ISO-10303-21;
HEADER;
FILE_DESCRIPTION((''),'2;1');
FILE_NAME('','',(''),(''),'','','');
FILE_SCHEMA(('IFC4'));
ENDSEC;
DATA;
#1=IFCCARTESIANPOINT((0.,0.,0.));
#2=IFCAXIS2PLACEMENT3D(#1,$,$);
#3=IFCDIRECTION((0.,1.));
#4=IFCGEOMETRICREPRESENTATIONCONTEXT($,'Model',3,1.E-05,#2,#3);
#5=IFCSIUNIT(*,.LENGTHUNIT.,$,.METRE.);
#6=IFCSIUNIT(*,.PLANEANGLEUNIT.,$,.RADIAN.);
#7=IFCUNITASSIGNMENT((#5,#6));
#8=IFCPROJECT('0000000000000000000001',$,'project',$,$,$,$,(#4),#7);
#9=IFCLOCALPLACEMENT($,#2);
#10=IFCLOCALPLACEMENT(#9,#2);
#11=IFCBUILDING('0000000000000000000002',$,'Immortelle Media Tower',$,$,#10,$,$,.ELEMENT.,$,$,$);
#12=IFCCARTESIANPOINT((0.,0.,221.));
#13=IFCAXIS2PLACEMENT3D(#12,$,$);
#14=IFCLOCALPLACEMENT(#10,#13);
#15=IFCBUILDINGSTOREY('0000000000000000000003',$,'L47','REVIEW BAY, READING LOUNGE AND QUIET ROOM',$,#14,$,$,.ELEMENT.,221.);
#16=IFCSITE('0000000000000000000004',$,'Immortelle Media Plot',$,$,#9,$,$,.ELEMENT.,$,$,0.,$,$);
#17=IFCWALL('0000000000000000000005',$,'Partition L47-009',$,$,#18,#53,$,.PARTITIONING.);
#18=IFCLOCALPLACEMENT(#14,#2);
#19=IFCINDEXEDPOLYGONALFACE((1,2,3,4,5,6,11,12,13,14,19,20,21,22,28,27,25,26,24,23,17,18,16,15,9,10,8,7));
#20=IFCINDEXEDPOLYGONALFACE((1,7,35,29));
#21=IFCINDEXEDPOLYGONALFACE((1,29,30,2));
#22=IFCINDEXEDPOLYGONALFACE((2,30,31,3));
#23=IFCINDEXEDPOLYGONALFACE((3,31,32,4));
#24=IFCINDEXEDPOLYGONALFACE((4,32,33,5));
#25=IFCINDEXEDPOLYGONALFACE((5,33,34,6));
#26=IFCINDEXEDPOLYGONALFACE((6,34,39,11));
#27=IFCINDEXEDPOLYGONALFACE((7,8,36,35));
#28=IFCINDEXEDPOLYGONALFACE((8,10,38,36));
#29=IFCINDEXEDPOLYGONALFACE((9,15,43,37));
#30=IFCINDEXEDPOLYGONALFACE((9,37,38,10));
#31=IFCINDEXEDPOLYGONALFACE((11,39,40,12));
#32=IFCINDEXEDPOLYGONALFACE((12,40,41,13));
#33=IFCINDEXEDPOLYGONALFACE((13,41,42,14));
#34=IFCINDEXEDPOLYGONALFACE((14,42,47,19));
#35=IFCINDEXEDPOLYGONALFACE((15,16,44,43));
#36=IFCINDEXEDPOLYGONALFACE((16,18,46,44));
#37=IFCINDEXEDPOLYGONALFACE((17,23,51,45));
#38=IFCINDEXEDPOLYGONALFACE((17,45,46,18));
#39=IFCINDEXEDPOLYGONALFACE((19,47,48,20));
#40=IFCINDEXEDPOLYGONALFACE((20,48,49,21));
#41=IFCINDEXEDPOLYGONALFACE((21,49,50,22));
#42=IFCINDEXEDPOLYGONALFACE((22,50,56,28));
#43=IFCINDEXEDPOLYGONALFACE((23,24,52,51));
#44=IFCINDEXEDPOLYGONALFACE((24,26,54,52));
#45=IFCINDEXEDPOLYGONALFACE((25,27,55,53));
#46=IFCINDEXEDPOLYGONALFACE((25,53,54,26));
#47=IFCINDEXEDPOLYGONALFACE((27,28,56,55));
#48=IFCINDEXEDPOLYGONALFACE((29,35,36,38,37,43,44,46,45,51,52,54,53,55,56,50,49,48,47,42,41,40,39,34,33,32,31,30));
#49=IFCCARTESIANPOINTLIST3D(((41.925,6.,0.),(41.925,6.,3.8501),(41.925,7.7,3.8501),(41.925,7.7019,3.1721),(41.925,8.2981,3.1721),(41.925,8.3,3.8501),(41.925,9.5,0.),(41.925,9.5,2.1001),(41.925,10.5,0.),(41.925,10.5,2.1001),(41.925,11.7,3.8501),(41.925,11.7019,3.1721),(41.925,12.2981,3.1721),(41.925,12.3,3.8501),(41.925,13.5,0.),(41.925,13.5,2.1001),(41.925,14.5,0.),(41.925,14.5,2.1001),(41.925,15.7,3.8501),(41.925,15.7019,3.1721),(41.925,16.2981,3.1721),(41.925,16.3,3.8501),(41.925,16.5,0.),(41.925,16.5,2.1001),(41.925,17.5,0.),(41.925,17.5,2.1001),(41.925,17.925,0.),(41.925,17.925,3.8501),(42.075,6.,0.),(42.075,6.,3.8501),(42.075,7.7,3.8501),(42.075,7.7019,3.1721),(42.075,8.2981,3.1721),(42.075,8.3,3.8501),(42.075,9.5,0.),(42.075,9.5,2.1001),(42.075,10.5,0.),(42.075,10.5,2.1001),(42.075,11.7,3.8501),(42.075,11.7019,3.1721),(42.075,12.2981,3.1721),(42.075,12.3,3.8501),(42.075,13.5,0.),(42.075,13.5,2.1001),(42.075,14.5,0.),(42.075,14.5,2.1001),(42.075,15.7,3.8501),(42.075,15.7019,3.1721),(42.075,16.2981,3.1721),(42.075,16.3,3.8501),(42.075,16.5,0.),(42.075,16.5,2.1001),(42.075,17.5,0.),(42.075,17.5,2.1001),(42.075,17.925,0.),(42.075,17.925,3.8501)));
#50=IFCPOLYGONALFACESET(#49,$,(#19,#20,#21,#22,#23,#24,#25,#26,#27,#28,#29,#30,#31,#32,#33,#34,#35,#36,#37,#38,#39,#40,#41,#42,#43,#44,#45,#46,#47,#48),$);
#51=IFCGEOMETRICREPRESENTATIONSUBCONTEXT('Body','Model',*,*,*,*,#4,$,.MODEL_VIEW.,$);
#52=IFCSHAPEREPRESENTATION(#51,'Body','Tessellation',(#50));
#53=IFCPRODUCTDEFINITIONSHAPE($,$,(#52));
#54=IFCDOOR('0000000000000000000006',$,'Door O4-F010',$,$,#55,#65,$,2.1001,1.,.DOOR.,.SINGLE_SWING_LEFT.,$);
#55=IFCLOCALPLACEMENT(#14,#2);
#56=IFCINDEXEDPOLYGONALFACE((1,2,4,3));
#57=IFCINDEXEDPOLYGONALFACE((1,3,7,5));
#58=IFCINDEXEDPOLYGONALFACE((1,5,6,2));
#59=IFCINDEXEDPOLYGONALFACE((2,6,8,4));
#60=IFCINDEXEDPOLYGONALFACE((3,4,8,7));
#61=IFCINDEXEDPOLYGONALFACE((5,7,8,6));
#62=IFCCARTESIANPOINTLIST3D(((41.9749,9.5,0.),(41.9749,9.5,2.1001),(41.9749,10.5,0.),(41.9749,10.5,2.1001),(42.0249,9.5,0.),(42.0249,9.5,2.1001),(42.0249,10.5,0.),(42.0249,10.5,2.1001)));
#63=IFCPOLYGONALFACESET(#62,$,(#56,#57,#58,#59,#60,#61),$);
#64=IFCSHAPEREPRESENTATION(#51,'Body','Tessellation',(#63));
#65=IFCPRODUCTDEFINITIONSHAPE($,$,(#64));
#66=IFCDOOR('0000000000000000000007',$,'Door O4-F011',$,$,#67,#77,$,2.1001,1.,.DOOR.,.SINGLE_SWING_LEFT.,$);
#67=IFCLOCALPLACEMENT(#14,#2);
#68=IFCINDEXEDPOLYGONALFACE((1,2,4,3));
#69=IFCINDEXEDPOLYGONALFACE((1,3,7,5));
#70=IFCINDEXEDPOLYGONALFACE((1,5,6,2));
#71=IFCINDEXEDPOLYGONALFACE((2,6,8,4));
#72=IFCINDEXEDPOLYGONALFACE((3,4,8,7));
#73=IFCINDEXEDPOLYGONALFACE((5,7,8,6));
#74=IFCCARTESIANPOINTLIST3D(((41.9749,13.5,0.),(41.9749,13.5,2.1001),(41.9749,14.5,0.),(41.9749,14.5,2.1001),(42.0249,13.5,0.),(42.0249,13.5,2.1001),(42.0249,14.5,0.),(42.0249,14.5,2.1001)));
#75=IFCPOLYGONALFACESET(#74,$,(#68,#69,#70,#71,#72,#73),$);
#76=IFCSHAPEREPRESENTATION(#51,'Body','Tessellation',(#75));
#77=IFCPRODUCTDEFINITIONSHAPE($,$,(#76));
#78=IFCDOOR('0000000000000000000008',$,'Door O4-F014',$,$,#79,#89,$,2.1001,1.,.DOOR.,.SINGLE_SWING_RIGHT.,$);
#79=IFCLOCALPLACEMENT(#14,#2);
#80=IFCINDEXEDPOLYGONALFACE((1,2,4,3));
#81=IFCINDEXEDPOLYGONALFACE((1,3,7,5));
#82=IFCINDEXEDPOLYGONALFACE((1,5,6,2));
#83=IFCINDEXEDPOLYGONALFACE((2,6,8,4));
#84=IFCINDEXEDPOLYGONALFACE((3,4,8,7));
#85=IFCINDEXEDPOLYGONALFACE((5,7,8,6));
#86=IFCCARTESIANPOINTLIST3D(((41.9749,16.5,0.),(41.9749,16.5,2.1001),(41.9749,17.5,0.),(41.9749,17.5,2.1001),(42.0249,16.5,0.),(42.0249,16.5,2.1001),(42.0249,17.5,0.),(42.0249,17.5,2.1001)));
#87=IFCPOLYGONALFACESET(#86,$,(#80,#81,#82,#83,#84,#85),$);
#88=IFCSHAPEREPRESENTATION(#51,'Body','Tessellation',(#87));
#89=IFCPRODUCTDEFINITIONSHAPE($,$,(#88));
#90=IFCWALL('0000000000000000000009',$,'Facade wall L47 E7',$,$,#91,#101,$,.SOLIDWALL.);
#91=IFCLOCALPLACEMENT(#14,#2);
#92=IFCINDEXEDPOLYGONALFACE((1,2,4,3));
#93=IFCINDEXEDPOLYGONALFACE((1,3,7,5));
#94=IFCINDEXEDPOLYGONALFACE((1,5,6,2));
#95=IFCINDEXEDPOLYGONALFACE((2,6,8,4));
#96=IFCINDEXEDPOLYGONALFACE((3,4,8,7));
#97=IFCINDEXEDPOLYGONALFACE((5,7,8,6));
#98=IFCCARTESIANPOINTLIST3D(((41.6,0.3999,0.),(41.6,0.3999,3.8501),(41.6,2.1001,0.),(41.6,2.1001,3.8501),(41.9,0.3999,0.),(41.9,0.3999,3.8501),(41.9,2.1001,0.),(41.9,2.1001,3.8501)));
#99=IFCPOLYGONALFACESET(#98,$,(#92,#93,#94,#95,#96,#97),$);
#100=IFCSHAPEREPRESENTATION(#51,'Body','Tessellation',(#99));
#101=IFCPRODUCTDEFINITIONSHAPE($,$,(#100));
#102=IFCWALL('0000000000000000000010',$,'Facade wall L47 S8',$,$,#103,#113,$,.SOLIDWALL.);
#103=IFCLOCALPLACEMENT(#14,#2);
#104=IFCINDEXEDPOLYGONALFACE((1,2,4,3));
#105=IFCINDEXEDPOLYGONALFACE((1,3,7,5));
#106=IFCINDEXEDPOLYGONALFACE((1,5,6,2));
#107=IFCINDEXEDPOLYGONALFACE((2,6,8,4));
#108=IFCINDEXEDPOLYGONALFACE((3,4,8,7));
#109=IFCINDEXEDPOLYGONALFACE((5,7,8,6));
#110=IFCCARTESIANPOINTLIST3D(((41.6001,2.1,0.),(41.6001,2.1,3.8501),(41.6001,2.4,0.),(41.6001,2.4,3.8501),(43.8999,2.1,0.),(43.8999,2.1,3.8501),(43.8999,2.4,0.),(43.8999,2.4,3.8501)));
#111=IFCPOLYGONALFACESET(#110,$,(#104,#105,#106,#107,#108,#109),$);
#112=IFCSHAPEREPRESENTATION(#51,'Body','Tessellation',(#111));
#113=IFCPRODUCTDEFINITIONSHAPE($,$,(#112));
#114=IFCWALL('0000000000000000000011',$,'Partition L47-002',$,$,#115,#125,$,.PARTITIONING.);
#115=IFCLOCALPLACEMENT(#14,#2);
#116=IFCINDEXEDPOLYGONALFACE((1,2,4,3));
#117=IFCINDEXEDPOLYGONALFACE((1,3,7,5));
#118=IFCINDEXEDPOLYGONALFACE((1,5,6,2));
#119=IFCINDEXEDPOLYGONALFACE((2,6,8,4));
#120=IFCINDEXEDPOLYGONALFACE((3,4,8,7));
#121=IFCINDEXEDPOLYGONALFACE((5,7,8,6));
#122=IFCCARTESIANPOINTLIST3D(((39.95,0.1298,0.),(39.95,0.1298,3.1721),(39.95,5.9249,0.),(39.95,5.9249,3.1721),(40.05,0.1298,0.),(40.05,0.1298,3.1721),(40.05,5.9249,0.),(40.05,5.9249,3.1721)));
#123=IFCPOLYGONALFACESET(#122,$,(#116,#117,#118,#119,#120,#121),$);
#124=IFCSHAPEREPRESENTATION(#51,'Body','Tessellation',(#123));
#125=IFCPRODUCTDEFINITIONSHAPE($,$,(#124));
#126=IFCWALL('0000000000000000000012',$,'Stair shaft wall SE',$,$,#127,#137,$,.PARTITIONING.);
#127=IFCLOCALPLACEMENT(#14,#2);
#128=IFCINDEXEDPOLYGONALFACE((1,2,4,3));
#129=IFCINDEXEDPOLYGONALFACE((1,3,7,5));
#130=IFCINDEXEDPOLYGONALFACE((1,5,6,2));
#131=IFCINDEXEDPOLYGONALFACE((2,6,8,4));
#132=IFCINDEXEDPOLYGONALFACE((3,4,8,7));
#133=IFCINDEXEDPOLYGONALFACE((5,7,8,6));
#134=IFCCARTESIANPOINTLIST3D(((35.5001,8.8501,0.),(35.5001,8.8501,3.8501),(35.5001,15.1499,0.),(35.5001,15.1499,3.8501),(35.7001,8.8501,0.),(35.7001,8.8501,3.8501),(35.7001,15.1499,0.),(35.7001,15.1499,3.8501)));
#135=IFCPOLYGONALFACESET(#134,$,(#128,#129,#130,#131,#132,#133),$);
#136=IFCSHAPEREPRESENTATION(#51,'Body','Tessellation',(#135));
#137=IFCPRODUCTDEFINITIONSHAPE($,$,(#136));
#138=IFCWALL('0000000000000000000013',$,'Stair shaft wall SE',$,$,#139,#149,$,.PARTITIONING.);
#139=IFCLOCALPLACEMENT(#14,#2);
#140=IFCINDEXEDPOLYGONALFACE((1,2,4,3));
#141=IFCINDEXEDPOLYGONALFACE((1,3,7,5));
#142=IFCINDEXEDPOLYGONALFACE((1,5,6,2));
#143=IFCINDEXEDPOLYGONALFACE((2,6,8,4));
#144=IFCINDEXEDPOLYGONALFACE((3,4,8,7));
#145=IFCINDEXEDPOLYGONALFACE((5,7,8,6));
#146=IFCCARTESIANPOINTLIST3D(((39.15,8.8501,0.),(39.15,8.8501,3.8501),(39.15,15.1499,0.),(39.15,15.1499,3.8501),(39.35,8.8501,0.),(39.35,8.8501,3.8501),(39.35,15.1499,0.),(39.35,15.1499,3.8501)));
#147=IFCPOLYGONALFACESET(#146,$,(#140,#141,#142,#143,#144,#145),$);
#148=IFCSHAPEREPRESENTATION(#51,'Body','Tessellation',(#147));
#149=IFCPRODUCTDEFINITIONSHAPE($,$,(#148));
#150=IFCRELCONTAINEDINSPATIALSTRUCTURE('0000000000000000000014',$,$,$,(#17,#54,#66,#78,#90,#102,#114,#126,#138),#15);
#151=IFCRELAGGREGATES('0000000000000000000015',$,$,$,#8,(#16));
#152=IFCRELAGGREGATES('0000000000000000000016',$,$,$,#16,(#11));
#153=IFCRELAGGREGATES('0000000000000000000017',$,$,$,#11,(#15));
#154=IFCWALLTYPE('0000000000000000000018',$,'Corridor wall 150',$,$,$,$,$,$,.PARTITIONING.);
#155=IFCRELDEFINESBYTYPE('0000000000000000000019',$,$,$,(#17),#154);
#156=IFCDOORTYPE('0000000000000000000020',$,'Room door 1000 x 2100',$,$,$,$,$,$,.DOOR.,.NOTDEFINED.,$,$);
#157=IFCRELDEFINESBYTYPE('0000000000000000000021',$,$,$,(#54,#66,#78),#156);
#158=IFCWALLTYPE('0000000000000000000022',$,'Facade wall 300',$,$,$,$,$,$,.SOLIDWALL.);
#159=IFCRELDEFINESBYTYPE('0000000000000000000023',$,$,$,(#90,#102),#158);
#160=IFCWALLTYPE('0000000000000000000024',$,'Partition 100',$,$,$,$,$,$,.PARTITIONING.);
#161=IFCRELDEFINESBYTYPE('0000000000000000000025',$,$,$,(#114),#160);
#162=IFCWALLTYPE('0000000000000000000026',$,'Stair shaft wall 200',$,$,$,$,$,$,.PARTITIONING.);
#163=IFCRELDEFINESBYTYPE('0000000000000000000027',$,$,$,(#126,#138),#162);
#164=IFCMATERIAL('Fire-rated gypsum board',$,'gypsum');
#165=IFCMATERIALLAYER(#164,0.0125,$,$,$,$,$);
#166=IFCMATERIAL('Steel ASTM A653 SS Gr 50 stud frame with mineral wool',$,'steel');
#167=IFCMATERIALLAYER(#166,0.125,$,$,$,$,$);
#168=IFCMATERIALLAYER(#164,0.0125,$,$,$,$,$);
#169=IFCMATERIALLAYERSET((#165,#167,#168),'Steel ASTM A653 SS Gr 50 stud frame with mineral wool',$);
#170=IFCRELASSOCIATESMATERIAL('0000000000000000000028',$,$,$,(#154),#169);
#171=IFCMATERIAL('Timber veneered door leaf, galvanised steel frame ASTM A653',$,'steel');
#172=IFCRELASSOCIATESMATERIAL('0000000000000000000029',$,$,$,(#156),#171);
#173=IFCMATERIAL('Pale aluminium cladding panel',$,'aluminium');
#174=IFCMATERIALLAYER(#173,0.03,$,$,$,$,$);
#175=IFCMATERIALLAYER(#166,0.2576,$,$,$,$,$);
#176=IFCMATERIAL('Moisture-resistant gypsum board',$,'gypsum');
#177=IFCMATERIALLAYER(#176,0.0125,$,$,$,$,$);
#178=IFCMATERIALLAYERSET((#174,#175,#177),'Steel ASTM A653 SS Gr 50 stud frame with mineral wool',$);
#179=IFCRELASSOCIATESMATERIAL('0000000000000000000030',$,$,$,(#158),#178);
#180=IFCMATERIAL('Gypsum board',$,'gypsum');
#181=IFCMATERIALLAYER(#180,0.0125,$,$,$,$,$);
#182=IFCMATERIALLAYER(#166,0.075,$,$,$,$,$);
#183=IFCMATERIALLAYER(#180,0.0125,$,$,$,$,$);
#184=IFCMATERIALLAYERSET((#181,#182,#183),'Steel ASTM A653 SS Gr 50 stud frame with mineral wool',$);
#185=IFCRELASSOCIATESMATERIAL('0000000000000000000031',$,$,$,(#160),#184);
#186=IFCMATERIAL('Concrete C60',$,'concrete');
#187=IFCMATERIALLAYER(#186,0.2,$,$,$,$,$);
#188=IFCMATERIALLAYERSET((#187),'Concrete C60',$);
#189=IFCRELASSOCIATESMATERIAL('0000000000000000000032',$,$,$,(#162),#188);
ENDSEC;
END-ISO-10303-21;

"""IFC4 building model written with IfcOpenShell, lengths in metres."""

from ifc_helpers import new_model, si_unit, direction, frame, frame_2d, origin, place, context, subcontext, project, spatial, polyline, rectangle, outline, extrude, material, layer, layer_set, type_object, element, fill, save


model = new_model("IFC4")

# Units and contexts
model_context = context("Model", 3, precision=1e-05, world=origin(), true_north=direction((0.0, 1.0)))
body_context = subcontext(model_context, "Body", "Model", "MODEL_VIEW")
ifc_project = project(units=[si_unit("LENGTHUNIT", "METRE"), si_unit("PLANEANGLEUNIT", "RADIAN")], contexts=[model_context])

# Site, building, storey
site_placement = place(None, origin())
site = spatial("IfcSite", under=ifc_project, at=site_placement, Name="Immortelle Media Plot", CompositionType="ELEMENT", RefElevation=0.0)
building_placement = place(site_placement, origin())
building = spatial("IfcBuilding", under=site, at=building_placement, Name="Immortelle Media Tower", CompositionType="ELEMENT")
storey_placement = place(building_placement, frame((0.0, 0.0, 221.0)))
storey = spatial("IfcBuildingStorey", under=building, at=storey_placement, Name="L47", Description="REVIEW BAY, READING LOUNGE AND QUIET ROOM", CompositionType="ELEMENT", Elevation=221.0)

# Wall, openings, doors
ifc_material_1 = material(Name="Fire-rated gypsum board", Category="gypsum")
ifc_layer_1 = layer(ifc_material_1, 0.0125)
ifc_material_2 = material(Name="Steel ASTM A653 SS Gr 50 stud frame with mineral wool", Category="steel")
ifc_layer_2 = layer(ifc_material_2, 0.125)
ifc_layer_3 = layer(ifc_material_1, 0.0125)
ifc_layer_set_1 = layer_set([ifc_layer_1, ifc_layer_2, ifc_layer_3], Name="Steel ASTM A653 SS Gr 50 stud frame with mineral wool")
wall_type_1 = type_object("IfcWallType", Name="Corridor wall 150", PredefinedType="PARTITIONING", material=ifc_layer_set_1)
wall_1_placement = place(storey_placement, frame((42.0, 6.0, 0.0), z_axis=(0.0, 0.0, 1.0), x_axis=(0.0, 1.0, 0.0)))
wall_1 = element("IfcWall", 1, at=wall_1_placement, inside=storey, type_object=wall_type_1, Name="Partition L47-009", PredefinedType="PARTITIONING", context=body_context, shape_type="SweptSolid", body=[
    extrude(outline(polyline([(0.0, 0.0), (11.925, 0.0), (11.925, 3.8501), (10.3, 3.8501), (10.2981, 3.1721), (9.7019, 3.1721), (9.7, 3.8501), (6.3, 3.8501), (6.2981, 3.1721), (5.7019, 3.1721), (5.7, 3.8501), (2.3, 3.8501), (2.2981, 3.1721), (1.7019, 3.1721), (1.7, 3.8501), (0.0, 3.8501), (0.0, 0.0)])), frame((0.0, 0.075, 0.0), z_axis=(0.0, -1.0, 0.0), x_axis=(1.0, 0.0, 0.0)), (0.0, 0.0, 1.0), 0.1499),
])
opening_1_placement = place(wall_1_placement, frame((4.5, 0.0, 0.0), z_axis=(0.0, 0.0, 1.0), x_axis=(-1.0, 0.0, 0.0)))
opening_1 = element("IfcOpeningElement", 2, at=opening_1_placement, cuts=wall_1, PredefinedType="OPENING", context=body_context, shape_type="SweptSolid", body=[
    extrude(rectangle(XDim=1.0, YDim=2.1001, at=frame_2d((0.5, 1.05))), frame((0.0, 0.085, 0.0), z_axis=(0.0, -1.0, 0.0), x_axis=(1.0, 0.0, 0.0)), (0.0, 0.0, 1.0), 0.1699),
])
opening_2_placement = place(wall_1_placement, frame((8.5, 0.0, 0.0), z_axis=(0.0, 0.0, 1.0), x_axis=(-1.0, 0.0, 0.0)))
opening_2 = element("IfcOpeningElement", 3, at=opening_2_placement, cuts=wall_1, PredefinedType="OPENING", context=body_context, shape_type="SweptSolid", body=[
    extrude(rectangle(XDim=1.0, YDim=2.1001, at=frame_2d((0.5, 1.05))), frame((0.0, 0.085, 0.0), z_axis=(0.0, -1.0, 0.0), x_axis=(1.0, 0.0, 0.0)), (0.0, 0.0, 1.0), 0.1699),
])
opening_3_placement = place(wall_1_placement, frame((11.5, 0.0, 0.0), z_axis=(0.0, 0.0, 1.0), x_axis=(-1.0, 0.0, 0.0)))
opening_3 = element("IfcOpeningElement", 4, at=opening_3_placement, cuts=wall_1, PredefinedType="OPENING", context=body_context, shape_type="SweptSolid", body=[
    extrude(rectangle(XDim=1.0, YDim=2.1001, at=frame_2d((0.5, 1.05))), frame((0.0, 0.085, 0.0), z_axis=(0.0, -1.0, 0.0), x_axis=(1.0, 0.0, 0.0)), (0.0, 0.0, 1.0), 0.1699),
])
ifc_material_3 = material(Name="Timber veneered door leaf, galvanised steel frame ASTM A653", Category="steel")
door_type = type_object("IfcDoorType", Name="Room door 1000 x 2100", OperationType="NOTDEFINED", PredefinedType="DOOR", material=ifc_material_3)
door_1_placement = place(opening_1_placement, origin())
door_1 = element("IfcDoor", 5, at=door_1_placement, inside=storey, type_object=door_type, Name="Door O4-F010", OperationType="SINGLE_SWING_LEFT", OverallHeight=2.1001, OverallWidth=1.0, PredefinedType="DOOR", context=body_context, shape_type="SweptSolid", body=[
    extrude(rectangle(XDim=1.0, YDim=2.1001, at=frame_2d((0.5, 1.05))), frame((0.0, 0.0249, 0.0), z_axis=(0.0, -1.0, 0.0), x_axis=(1.0, 0.0, 0.0)), (0.0, 0.0, 1.0), 0.05),
])
fill(opening_1, door_1)
door_2_placement = place(opening_2_placement, origin())
door_2 = element("IfcDoor", 6, at=door_2_placement, inside=storey, type_object=door_type, Name="Door O4-F011", OperationType="SINGLE_SWING_LEFT", OverallHeight=2.1001, OverallWidth=1.0, PredefinedType="DOOR", context=body_context, shape_type="SweptSolid", body=[
    extrude(rectangle(XDim=1.0, YDim=2.1001, at=frame_2d((0.5, 1.05))), frame((0.0, 0.0249, 0.0), z_axis=(0.0, -1.0, 0.0), x_axis=(1.0, 0.0, 0.0)), (0.0, 0.0, 1.0), 0.05),
])
fill(opening_2, door_2)
door_3_placement = place(opening_3_placement, origin())
door_3 = element("IfcDoor", 7, at=door_3_placement, inside=storey, type_object=door_type, Name="Door O4-F014", OperationType="SINGLE_SWING_RIGHT", OverallHeight=2.1001, OverallWidth=1.0, PredefinedType="DOOR", context=body_context, shape_type="SweptSolid", body=[
    extrude(rectangle(XDim=1.0, YDim=2.1001, at=frame_2d((0.5, 1.05))), frame((0.0, 0.0249, 0.0), z_axis=(0.0, -1.0, 0.0), x_axis=(1.0, 0.0, 0.0)), (0.0, 0.0, 1.0), 0.05),
])
fill(opening_3, door_3)

# Walls
ifc_material_4 = material(Name="Pale aluminium cladding panel", Category="aluminium")
ifc_layer_4 = layer(ifc_material_4, 0.03)
ifc_layer_5 = layer(ifc_material_2, 0.2576)
ifc_material_5 = material(Name="Moisture-resistant gypsum board", Category="gypsum")
ifc_layer_6 = layer(ifc_material_5, 0.0125)
ifc_layer_set_2 = layer_set([ifc_layer_4, ifc_layer_5, ifc_layer_6], Name="Steel ASTM A653 SS Gr 50 stud frame with mineral wool")
wall_type_2 = type_object("IfcWallType", Name="Facade wall 300", PredefinedType="SOLIDWALL", material=ifc_layer_set_2)
wall_2_placement = place(storey_placement, frame((41.75, 0.3999, 0.0), z_axis=(0.0, 0.0, 1.0), x_axis=(0.0, 1.0, 0.0)))
element("IfcWall", 8, at=wall_2_placement, inside=storey, type_object=wall_type_2, Name="Facade wall L47 E7", PredefinedType="SOLIDWALL", context=body_context, shape_type="SweptSolid", body=[
    extrude(rectangle(XDim=1.7002, YDim=0.3, at=frame_2d((0.8501, 0.0))), origin(), (0.0, 0.0, 1.0), 3.8501),
])
wall_3_placement = place(storey_placement, frame((41.6001, 2.25, 0.0), z_axis=(0.0, 0.0, 1.0), x_axis=(1.0, 0.0, 0.0)))
element("IfcWall", 9, at=wall_3_placement, inside=storey, type_object=wall_type_2, Name="Facade wall L47 S8", PredefinedType="SOLIDWALL", context=body_context, shape_type="SweptSolid", body=[
    extrude(rectangle(XDim=2.2998, YDim=0.3, at=frame_2d((1.1499, 0.0))), origin(), (0.0, 0.0, 1.0), 3.8501),
])
ifc_material_6 = material(Name="Gypsum board", Category="gypsum")
ifc_layer_7 = layer(ifc_material_6, 0.0125)
ifc_layer_8 = layer(ifc_material_2, 0.075)
ifc_layer_9 = layer(ifc_material_6, 0.0125)
ifc_layer_set_3 = layer_set([ifc_layer_7, ifc_layer_8, ifc_layer_9], Name="Steel ASTM A653 SS Gr 50 stud frame with mineral wool")
wall_type_3 = type_object("IfcWallType", Name="Partition 100", PredefinedType="PARTITIONING", material=ifc_layer_set_3)
wall_4_placement = place(storey_placement, frame((40.0, 0.1299, 0.0), z_axis=(0.0, 0.0, 1.0), x_axis=(0.0, 1.0, 0.0)))
element("IfcWall", 10, at=wall_4_placement, inside=storey, type_object=wall_type_3, Name="Partition L47-002", PredefinedType="PARTITIONING", context=body_context, shape_type="SweptSolid", body=[
    extrude(rectangle(XDim=5.7952, YDim=0.1001, at=frame_2d((2.8975, 0.0))), origin(), (0.0, 0.0, 1.0), 3.1721),
])
ifc_material_7 = material(Name="Concrete C60", Category="concrete")
ifc_layer_10 = layer(ifc_material_7, 0.2)
ifc_layer_set_4 = layer_set([ifc_layer_10], Name="Concrete C60")
wall_type_4 = type_object("IfcWallType", Name="Stair shaft wall 200", PredefinedType="PARTITIONING", material=ifc_layer_set_4)
for number, where, z_axis, x_axis, name in (
    (11, (35.6001, 8.8501, 0.0), (0.0, 0.0, 1.0), (0.0, 1.0, 0.0), "Stair shaft wall SE"),
    (12, (39.25, 8.8501, 0.0), (0.0, 0.0, 1.0), (0.0, 1.0, 0.0), "Stair shaft wall SE"),
):
    element("IfcWall", number, at=place(storey_placement, frame(where, z_axis=z_axis, x_axis=x_axis)), inside=storey, type_object=wall_type_4, Name=name, PredefinedType="PARTITIONING", context=body_context, shape_type="SweptSolid", body=[
        extrude(rectangle(XDim=6.2998, YDim=0.2, at=frame_2d((3.1499, 0.0))), origin(), (0.0, 0.0, 1.0), 3.8501),
    ])

save(model, "model.ifc")
